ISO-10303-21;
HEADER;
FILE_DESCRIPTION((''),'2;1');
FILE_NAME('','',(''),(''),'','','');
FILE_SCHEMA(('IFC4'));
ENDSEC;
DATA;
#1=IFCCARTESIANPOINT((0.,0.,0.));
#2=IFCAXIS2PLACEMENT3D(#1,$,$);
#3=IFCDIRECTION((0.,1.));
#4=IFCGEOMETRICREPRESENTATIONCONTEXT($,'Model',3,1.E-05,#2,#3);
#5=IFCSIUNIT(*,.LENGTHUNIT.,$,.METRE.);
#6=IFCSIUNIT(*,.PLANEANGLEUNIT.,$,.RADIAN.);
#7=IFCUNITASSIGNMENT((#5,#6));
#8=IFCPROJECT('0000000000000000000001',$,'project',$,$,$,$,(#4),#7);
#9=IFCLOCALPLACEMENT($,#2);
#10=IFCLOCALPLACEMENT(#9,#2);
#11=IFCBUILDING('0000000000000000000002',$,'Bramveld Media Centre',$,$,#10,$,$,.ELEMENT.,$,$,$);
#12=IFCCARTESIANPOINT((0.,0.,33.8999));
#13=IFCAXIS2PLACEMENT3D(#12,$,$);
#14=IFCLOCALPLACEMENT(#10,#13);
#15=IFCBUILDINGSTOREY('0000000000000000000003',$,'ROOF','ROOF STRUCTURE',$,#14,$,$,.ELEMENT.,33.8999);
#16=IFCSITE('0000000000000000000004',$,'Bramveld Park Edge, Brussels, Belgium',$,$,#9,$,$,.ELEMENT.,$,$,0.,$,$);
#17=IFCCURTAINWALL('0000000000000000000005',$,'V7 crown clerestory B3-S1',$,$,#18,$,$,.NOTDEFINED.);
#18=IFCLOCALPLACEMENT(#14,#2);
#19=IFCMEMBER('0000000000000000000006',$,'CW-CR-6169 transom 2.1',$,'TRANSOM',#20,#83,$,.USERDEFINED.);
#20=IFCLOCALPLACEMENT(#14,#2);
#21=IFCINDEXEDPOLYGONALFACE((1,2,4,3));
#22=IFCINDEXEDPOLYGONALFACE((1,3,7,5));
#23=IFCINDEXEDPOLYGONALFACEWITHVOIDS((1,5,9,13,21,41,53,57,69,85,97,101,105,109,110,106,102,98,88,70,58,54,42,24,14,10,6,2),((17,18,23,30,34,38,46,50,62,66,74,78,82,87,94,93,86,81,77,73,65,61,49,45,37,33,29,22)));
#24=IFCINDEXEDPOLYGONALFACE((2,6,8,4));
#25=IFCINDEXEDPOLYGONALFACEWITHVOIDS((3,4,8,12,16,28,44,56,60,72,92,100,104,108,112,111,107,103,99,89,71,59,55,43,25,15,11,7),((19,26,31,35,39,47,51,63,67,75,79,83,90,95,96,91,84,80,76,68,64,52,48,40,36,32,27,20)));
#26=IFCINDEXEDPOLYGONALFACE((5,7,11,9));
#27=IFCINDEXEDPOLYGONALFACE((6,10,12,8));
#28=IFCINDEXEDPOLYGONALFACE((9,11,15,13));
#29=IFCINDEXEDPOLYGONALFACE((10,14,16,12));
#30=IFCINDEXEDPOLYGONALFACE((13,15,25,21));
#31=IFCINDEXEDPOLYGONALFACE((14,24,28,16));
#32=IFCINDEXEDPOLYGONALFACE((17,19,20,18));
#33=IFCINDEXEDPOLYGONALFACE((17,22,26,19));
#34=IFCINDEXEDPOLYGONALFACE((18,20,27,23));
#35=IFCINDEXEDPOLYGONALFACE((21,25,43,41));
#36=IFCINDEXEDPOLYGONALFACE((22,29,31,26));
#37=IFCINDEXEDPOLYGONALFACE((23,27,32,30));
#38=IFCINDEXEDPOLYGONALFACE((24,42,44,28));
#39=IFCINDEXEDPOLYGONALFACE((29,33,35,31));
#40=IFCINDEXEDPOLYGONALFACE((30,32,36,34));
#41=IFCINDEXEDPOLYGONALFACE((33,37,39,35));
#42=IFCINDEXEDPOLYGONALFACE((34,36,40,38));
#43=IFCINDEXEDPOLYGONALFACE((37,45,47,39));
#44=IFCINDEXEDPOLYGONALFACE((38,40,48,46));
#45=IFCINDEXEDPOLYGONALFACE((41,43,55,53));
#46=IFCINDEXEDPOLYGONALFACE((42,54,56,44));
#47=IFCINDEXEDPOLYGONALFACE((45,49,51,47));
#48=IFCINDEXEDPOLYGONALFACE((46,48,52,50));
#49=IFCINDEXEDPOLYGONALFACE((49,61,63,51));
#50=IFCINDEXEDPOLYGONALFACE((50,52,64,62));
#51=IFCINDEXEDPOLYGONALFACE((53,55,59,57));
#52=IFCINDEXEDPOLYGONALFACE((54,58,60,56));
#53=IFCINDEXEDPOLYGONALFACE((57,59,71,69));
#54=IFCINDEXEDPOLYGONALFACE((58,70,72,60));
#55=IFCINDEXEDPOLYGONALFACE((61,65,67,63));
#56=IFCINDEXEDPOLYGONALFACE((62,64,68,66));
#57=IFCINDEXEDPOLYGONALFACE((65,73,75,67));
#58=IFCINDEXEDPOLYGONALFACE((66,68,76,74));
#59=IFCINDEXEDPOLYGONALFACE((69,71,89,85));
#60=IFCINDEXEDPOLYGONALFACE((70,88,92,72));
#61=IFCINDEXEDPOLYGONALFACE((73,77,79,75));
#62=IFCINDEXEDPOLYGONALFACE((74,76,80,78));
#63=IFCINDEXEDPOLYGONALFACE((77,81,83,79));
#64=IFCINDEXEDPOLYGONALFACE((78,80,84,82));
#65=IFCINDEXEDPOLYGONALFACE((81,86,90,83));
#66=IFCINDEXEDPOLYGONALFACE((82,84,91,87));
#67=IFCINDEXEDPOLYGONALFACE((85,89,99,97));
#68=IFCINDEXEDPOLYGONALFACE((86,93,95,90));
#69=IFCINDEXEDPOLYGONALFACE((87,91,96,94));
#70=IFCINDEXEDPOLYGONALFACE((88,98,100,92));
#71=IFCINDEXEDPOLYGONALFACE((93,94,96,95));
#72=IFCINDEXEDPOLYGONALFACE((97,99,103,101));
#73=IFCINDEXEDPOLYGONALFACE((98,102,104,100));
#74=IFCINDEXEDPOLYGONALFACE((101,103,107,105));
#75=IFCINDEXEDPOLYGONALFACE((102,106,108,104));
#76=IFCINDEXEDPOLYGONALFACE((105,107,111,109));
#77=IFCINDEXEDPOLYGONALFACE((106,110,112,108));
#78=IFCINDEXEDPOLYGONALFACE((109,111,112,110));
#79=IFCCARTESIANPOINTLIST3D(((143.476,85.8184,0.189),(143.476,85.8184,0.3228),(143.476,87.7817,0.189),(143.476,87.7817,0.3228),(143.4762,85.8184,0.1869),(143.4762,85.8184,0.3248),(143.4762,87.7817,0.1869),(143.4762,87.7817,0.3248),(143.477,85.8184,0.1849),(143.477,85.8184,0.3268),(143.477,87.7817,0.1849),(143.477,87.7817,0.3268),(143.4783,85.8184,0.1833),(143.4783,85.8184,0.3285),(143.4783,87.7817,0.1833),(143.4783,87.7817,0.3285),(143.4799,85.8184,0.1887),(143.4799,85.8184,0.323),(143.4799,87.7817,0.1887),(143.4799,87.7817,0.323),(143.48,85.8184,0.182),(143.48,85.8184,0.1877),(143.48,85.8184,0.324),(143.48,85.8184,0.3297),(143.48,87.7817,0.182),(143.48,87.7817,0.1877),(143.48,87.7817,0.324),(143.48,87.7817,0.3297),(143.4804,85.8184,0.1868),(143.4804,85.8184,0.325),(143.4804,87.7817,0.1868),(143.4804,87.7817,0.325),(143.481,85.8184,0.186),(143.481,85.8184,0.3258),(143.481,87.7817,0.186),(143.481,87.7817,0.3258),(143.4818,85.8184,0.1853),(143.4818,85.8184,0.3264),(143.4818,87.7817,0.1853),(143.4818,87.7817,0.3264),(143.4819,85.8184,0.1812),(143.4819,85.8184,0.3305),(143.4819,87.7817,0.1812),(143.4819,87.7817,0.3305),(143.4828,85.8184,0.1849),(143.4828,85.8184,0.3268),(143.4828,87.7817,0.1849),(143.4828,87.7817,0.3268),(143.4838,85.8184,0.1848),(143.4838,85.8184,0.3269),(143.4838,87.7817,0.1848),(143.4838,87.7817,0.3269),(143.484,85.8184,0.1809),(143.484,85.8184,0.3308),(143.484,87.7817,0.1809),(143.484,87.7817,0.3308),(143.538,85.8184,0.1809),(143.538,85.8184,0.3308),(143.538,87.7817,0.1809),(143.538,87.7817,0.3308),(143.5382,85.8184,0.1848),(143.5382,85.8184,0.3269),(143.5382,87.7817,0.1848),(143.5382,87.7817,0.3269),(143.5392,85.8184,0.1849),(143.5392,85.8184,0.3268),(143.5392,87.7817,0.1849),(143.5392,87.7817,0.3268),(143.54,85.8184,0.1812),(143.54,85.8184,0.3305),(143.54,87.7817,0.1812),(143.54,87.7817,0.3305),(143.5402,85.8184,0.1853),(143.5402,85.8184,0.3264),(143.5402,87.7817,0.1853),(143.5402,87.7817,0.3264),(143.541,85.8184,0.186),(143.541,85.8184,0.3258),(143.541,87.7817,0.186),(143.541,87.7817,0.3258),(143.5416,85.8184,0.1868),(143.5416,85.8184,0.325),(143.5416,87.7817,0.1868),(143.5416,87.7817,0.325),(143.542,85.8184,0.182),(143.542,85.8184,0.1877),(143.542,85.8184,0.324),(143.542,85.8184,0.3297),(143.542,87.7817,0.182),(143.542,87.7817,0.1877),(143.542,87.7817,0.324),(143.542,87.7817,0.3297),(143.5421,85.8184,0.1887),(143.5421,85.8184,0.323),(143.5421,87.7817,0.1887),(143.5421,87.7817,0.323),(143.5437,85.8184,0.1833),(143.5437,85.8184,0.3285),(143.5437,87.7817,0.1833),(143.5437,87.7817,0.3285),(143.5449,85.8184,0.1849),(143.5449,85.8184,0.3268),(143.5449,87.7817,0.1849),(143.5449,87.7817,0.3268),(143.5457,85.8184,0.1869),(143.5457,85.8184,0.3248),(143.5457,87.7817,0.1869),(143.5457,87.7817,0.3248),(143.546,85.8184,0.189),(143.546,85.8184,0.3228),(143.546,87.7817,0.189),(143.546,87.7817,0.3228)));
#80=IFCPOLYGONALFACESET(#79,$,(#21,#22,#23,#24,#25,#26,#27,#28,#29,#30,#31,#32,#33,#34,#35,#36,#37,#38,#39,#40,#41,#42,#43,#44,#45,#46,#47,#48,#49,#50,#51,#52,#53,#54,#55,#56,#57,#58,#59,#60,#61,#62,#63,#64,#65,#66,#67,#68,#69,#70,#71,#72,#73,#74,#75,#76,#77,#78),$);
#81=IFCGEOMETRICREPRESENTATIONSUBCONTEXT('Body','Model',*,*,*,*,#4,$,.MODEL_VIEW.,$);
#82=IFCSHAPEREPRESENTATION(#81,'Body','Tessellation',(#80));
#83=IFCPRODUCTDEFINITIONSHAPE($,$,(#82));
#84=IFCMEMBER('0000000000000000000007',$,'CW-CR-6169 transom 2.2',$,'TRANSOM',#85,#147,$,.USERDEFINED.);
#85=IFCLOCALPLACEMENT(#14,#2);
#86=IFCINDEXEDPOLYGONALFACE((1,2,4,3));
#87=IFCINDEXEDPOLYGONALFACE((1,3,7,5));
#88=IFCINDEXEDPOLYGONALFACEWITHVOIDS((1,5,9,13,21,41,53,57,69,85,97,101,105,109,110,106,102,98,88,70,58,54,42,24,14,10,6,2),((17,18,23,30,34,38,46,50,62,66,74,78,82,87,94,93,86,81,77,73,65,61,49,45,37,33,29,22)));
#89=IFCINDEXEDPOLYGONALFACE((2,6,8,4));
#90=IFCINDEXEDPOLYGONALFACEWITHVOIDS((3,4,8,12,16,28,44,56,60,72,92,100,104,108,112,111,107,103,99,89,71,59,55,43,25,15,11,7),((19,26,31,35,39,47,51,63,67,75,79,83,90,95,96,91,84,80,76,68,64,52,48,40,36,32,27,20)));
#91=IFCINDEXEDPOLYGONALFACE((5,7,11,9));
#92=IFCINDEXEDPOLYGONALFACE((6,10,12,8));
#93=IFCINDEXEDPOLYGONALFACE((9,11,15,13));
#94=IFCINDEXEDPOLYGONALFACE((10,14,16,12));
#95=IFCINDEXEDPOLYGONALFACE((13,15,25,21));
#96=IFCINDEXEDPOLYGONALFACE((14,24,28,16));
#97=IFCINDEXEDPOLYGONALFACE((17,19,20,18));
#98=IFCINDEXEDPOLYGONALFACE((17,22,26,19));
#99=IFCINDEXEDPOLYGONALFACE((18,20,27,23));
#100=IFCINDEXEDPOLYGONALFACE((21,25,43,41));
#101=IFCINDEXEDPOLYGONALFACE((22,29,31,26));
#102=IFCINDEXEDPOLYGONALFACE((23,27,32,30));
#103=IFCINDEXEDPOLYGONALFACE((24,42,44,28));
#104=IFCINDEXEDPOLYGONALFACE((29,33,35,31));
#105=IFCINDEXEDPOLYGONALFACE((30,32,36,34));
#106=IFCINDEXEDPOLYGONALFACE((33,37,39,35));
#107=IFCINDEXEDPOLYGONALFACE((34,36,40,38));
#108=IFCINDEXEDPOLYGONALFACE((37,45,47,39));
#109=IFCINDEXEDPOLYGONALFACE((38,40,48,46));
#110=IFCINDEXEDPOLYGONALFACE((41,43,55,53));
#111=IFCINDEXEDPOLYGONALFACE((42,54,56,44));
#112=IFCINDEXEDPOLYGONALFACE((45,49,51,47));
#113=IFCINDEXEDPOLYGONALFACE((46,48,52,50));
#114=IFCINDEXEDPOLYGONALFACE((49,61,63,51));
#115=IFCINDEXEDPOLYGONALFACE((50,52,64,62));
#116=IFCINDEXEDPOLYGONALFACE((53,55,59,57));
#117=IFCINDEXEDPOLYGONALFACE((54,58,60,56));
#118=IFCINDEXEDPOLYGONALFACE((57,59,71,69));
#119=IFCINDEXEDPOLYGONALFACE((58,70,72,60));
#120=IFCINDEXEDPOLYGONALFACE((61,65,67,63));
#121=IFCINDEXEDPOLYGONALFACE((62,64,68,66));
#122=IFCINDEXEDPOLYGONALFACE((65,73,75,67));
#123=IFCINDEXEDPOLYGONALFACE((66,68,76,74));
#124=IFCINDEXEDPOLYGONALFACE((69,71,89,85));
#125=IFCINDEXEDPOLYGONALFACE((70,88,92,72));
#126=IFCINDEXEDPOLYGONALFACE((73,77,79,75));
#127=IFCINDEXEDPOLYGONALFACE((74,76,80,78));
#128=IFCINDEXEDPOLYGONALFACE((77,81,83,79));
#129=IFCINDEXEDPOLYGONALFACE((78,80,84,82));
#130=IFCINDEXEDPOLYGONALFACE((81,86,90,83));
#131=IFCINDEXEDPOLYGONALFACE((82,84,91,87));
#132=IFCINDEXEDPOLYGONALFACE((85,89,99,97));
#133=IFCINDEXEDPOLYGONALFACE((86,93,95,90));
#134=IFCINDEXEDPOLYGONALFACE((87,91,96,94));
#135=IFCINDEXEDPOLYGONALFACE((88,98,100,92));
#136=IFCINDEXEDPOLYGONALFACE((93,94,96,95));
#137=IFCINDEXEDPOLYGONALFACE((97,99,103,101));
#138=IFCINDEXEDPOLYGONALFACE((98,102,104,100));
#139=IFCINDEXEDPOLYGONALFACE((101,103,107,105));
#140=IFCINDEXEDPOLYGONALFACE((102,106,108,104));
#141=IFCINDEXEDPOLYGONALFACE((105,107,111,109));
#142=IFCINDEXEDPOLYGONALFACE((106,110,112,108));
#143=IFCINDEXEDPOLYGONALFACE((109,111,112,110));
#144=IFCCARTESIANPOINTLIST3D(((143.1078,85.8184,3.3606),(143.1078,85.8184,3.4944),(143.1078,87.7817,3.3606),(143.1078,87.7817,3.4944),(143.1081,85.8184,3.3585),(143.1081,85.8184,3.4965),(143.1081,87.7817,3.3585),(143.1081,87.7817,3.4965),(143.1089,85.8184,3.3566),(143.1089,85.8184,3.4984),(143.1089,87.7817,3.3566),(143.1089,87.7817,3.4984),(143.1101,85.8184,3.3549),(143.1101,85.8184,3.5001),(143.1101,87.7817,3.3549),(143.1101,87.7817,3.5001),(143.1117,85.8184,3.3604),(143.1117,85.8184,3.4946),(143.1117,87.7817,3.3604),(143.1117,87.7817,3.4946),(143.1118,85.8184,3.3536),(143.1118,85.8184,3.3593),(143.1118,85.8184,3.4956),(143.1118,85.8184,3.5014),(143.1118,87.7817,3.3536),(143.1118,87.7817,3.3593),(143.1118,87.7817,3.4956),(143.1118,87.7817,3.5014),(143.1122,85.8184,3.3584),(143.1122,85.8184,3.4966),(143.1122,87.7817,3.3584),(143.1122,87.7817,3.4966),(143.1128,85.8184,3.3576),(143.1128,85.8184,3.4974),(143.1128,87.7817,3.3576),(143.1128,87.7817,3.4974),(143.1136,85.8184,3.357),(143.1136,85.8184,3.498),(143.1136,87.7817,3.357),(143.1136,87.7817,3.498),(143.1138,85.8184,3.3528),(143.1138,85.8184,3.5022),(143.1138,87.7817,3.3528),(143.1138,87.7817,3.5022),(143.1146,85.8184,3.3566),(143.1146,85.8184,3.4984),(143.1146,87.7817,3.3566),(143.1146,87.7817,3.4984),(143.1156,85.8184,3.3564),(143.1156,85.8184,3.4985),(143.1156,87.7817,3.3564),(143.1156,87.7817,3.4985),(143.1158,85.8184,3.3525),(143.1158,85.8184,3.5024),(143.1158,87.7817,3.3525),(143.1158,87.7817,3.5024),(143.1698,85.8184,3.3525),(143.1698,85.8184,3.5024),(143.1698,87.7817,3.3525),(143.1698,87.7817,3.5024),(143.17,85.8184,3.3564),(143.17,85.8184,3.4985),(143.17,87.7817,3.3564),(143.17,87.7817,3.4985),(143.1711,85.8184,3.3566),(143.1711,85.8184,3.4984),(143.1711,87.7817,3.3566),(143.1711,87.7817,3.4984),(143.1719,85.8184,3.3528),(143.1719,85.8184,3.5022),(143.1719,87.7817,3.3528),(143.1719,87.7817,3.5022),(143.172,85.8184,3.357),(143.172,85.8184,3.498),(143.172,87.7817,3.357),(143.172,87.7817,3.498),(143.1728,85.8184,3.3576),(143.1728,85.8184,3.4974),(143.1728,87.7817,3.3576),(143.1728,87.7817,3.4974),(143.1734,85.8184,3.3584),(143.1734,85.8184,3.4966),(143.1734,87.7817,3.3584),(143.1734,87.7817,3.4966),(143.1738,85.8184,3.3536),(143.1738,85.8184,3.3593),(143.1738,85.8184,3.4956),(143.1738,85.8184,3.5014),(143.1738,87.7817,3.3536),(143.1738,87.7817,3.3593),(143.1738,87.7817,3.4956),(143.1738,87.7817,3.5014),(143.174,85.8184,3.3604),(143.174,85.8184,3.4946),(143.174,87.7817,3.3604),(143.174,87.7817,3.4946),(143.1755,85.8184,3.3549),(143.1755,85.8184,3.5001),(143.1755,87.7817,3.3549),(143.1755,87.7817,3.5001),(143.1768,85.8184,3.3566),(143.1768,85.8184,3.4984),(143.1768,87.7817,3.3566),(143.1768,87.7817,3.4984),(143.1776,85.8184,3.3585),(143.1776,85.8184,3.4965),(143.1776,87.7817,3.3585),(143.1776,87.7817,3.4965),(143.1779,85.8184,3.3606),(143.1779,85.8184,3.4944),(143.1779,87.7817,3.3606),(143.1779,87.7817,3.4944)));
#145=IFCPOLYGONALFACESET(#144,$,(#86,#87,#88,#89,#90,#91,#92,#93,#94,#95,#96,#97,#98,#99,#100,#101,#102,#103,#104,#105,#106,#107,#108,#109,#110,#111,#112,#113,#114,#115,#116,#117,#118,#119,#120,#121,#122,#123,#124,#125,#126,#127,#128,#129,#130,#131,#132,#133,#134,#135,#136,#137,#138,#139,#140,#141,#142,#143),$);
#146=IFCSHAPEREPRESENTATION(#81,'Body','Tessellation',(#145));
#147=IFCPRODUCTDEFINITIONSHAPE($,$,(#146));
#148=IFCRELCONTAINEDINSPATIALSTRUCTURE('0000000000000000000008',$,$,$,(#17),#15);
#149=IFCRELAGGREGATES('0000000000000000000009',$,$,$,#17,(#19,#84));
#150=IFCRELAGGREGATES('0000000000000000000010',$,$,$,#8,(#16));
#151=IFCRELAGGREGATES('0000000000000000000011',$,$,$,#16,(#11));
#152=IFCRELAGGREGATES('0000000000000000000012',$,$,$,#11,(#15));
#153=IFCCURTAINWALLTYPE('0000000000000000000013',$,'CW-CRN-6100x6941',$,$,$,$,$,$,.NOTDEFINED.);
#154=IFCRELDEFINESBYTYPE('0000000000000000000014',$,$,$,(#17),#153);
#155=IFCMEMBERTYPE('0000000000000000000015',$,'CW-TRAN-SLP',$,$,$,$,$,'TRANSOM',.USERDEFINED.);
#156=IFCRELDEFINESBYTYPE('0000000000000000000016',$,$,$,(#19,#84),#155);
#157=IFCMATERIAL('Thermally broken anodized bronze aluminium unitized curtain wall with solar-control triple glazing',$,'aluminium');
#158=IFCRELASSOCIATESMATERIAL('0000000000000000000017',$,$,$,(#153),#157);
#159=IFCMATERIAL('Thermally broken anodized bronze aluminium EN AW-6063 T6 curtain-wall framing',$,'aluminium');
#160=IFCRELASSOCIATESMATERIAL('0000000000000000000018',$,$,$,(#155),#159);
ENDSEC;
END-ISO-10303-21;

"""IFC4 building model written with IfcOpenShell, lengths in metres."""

from ifc_helpers import new_model, si_unit, direction, frame, origin, origin_2d, place, context, subcontext, project, spatial, hollow_rectangle, extrude, material, material_profile, profile_set, type_object, element, aggregate, save


model = new_model("IFC4")

# Units and contexts
model_context = context("Model", 3, precision=1e-05, world=origin(), true_north=direction((0.0, 1.0)))
body_context = subcontext(model_context, "Body", "Model", "MODEL_VIEW")
ifc_project = project(units=[si_unit("LENGTHUNIT", "METRE"), si_unit("PLANEANGLEUNIT", "RADIAN")], contexts=[model_context])

# Site, building, storey
site_placement = place(None, origin())
site = spatial("IfcSite", under=ifc_project, at=site_placement, Name="Bramveld Park Edge, Brussels, Belgium", CompositionType="ELEMENT", RefElevation=0.0)
building_placement = place(site_placement, origin())
building = spatial("IfcBuilding", under=site, at=building_placement, Name="Bramveld Media Centre", CompositionType="ELEMENT")
storey_placement = place(building_placement, frame((0.0, 0.0, 33.8999)))
storey = spatial("IfcBuildingStorey", under=building, at=storey_placement, Name="ROOF", Description="ROOF STRUCTURE", CompositionType="ELEMENT", Elevation=33.8999)

# Curtain wall, members
ifc_material_1 = material(Name="Thermally broken anodized bronze aluminium unitized curtain wall with solar-control triple glazing", Category="aluminium")
curtain_wall_type = type_object("IfcCurtainWallType", Name="CW-CRN-6100x6941", PredefinedType="NOTDEFINED", material=ifc_material_1)
curtain_wall_1_placement = place(storey_placement, origin())
curtain_wall_1 = element("IfcCurtainWall", 1, at=curtain_wall_1_placement, inside=storey, type_object=curtain_wall_type, Name="V7 crown clerestory B3-S1", PredefinedType="NOTDEFINED")
ifc_material_2 = material(Name="Thermally broken anodized bronze aluminium EN AW-6063 T6 curtain-wall framing", Category="aluminium")
ifc_material_profile_1 = material_profile(ifc_material_2, hollow_rectangle(XDim=0.0701, YDim=0.1499, WallThickness=0.0039, InnerFilletRadius=0.0039, OuterFilletRadius=0.0081, at=origin_2d()), Name="AL-TRAN 70x150")
ifc_profile_set_1 = profile_set([ifc_material_profile_1], Name="Thermally broken anodized bronze aluminium EN AW-6063 T6 curtain-wall framing")
member_type_1 = type_object("IfcMemberType", Name="CW-TRAN-SLP", ElementType="TRANSOM", PredefinedType="USERDEFINED", material=ifc_profile_set_1)
member_1_placement = place(storey_placement, frame((143.511, 85.8184, 0.2559), z_axis=(0.0, 1.0, 0.0), x_axis=(-1.0, 0.0, 0.0)))
member_1 = element("IfcMember", 2, at=member_1_placement, type_object=member_type_1, Name="CW-CR-6169 transom 2.1", ObjectType="TRANSOM", PredefinedType="USERDEFINED", context=body_context, shape_type="SweptSolid", body=[
    extrude(hollow_rectangle(XDim=0.0701, YDim=0.1499, WallThickness=0.0039, InnerFilletRadius=0.0039, OuterFilletRadius=0.0081, at=origin_2d()), origin(), (0.0, 0.0, 1.0), 1.9634),
])
member_2_placement = place(storey_placement, frame((143.1428, 85.8184, 3.4275), z_axis=(0.0, 1.0, 0.0), x_axis=(-1.0, 0.0, 0.0)))
member_2 = element("IfcMember", 3, at=member_2_placement, type_object=member_type_1, Name="CW-CR-6169 transom 2.2", ObjectType="TRANSOM", PredefinedType="USERDEFINED", context=body_context, shape_type="SweptSolid", body=[
    extrude(hollow_rectangle(XDim=0.0701, YDim=0.1499, WallThickness=0.0039, InnerFilletRadius=0.0039, OuterFilletRadius=0.0081, at=origin_2d()), origin(), (0.0, 0.0, 1.0), 1.9634),
])

aggregate(curtain_wall_1, [member_1, member_2])

save(model, "model.ifc")
